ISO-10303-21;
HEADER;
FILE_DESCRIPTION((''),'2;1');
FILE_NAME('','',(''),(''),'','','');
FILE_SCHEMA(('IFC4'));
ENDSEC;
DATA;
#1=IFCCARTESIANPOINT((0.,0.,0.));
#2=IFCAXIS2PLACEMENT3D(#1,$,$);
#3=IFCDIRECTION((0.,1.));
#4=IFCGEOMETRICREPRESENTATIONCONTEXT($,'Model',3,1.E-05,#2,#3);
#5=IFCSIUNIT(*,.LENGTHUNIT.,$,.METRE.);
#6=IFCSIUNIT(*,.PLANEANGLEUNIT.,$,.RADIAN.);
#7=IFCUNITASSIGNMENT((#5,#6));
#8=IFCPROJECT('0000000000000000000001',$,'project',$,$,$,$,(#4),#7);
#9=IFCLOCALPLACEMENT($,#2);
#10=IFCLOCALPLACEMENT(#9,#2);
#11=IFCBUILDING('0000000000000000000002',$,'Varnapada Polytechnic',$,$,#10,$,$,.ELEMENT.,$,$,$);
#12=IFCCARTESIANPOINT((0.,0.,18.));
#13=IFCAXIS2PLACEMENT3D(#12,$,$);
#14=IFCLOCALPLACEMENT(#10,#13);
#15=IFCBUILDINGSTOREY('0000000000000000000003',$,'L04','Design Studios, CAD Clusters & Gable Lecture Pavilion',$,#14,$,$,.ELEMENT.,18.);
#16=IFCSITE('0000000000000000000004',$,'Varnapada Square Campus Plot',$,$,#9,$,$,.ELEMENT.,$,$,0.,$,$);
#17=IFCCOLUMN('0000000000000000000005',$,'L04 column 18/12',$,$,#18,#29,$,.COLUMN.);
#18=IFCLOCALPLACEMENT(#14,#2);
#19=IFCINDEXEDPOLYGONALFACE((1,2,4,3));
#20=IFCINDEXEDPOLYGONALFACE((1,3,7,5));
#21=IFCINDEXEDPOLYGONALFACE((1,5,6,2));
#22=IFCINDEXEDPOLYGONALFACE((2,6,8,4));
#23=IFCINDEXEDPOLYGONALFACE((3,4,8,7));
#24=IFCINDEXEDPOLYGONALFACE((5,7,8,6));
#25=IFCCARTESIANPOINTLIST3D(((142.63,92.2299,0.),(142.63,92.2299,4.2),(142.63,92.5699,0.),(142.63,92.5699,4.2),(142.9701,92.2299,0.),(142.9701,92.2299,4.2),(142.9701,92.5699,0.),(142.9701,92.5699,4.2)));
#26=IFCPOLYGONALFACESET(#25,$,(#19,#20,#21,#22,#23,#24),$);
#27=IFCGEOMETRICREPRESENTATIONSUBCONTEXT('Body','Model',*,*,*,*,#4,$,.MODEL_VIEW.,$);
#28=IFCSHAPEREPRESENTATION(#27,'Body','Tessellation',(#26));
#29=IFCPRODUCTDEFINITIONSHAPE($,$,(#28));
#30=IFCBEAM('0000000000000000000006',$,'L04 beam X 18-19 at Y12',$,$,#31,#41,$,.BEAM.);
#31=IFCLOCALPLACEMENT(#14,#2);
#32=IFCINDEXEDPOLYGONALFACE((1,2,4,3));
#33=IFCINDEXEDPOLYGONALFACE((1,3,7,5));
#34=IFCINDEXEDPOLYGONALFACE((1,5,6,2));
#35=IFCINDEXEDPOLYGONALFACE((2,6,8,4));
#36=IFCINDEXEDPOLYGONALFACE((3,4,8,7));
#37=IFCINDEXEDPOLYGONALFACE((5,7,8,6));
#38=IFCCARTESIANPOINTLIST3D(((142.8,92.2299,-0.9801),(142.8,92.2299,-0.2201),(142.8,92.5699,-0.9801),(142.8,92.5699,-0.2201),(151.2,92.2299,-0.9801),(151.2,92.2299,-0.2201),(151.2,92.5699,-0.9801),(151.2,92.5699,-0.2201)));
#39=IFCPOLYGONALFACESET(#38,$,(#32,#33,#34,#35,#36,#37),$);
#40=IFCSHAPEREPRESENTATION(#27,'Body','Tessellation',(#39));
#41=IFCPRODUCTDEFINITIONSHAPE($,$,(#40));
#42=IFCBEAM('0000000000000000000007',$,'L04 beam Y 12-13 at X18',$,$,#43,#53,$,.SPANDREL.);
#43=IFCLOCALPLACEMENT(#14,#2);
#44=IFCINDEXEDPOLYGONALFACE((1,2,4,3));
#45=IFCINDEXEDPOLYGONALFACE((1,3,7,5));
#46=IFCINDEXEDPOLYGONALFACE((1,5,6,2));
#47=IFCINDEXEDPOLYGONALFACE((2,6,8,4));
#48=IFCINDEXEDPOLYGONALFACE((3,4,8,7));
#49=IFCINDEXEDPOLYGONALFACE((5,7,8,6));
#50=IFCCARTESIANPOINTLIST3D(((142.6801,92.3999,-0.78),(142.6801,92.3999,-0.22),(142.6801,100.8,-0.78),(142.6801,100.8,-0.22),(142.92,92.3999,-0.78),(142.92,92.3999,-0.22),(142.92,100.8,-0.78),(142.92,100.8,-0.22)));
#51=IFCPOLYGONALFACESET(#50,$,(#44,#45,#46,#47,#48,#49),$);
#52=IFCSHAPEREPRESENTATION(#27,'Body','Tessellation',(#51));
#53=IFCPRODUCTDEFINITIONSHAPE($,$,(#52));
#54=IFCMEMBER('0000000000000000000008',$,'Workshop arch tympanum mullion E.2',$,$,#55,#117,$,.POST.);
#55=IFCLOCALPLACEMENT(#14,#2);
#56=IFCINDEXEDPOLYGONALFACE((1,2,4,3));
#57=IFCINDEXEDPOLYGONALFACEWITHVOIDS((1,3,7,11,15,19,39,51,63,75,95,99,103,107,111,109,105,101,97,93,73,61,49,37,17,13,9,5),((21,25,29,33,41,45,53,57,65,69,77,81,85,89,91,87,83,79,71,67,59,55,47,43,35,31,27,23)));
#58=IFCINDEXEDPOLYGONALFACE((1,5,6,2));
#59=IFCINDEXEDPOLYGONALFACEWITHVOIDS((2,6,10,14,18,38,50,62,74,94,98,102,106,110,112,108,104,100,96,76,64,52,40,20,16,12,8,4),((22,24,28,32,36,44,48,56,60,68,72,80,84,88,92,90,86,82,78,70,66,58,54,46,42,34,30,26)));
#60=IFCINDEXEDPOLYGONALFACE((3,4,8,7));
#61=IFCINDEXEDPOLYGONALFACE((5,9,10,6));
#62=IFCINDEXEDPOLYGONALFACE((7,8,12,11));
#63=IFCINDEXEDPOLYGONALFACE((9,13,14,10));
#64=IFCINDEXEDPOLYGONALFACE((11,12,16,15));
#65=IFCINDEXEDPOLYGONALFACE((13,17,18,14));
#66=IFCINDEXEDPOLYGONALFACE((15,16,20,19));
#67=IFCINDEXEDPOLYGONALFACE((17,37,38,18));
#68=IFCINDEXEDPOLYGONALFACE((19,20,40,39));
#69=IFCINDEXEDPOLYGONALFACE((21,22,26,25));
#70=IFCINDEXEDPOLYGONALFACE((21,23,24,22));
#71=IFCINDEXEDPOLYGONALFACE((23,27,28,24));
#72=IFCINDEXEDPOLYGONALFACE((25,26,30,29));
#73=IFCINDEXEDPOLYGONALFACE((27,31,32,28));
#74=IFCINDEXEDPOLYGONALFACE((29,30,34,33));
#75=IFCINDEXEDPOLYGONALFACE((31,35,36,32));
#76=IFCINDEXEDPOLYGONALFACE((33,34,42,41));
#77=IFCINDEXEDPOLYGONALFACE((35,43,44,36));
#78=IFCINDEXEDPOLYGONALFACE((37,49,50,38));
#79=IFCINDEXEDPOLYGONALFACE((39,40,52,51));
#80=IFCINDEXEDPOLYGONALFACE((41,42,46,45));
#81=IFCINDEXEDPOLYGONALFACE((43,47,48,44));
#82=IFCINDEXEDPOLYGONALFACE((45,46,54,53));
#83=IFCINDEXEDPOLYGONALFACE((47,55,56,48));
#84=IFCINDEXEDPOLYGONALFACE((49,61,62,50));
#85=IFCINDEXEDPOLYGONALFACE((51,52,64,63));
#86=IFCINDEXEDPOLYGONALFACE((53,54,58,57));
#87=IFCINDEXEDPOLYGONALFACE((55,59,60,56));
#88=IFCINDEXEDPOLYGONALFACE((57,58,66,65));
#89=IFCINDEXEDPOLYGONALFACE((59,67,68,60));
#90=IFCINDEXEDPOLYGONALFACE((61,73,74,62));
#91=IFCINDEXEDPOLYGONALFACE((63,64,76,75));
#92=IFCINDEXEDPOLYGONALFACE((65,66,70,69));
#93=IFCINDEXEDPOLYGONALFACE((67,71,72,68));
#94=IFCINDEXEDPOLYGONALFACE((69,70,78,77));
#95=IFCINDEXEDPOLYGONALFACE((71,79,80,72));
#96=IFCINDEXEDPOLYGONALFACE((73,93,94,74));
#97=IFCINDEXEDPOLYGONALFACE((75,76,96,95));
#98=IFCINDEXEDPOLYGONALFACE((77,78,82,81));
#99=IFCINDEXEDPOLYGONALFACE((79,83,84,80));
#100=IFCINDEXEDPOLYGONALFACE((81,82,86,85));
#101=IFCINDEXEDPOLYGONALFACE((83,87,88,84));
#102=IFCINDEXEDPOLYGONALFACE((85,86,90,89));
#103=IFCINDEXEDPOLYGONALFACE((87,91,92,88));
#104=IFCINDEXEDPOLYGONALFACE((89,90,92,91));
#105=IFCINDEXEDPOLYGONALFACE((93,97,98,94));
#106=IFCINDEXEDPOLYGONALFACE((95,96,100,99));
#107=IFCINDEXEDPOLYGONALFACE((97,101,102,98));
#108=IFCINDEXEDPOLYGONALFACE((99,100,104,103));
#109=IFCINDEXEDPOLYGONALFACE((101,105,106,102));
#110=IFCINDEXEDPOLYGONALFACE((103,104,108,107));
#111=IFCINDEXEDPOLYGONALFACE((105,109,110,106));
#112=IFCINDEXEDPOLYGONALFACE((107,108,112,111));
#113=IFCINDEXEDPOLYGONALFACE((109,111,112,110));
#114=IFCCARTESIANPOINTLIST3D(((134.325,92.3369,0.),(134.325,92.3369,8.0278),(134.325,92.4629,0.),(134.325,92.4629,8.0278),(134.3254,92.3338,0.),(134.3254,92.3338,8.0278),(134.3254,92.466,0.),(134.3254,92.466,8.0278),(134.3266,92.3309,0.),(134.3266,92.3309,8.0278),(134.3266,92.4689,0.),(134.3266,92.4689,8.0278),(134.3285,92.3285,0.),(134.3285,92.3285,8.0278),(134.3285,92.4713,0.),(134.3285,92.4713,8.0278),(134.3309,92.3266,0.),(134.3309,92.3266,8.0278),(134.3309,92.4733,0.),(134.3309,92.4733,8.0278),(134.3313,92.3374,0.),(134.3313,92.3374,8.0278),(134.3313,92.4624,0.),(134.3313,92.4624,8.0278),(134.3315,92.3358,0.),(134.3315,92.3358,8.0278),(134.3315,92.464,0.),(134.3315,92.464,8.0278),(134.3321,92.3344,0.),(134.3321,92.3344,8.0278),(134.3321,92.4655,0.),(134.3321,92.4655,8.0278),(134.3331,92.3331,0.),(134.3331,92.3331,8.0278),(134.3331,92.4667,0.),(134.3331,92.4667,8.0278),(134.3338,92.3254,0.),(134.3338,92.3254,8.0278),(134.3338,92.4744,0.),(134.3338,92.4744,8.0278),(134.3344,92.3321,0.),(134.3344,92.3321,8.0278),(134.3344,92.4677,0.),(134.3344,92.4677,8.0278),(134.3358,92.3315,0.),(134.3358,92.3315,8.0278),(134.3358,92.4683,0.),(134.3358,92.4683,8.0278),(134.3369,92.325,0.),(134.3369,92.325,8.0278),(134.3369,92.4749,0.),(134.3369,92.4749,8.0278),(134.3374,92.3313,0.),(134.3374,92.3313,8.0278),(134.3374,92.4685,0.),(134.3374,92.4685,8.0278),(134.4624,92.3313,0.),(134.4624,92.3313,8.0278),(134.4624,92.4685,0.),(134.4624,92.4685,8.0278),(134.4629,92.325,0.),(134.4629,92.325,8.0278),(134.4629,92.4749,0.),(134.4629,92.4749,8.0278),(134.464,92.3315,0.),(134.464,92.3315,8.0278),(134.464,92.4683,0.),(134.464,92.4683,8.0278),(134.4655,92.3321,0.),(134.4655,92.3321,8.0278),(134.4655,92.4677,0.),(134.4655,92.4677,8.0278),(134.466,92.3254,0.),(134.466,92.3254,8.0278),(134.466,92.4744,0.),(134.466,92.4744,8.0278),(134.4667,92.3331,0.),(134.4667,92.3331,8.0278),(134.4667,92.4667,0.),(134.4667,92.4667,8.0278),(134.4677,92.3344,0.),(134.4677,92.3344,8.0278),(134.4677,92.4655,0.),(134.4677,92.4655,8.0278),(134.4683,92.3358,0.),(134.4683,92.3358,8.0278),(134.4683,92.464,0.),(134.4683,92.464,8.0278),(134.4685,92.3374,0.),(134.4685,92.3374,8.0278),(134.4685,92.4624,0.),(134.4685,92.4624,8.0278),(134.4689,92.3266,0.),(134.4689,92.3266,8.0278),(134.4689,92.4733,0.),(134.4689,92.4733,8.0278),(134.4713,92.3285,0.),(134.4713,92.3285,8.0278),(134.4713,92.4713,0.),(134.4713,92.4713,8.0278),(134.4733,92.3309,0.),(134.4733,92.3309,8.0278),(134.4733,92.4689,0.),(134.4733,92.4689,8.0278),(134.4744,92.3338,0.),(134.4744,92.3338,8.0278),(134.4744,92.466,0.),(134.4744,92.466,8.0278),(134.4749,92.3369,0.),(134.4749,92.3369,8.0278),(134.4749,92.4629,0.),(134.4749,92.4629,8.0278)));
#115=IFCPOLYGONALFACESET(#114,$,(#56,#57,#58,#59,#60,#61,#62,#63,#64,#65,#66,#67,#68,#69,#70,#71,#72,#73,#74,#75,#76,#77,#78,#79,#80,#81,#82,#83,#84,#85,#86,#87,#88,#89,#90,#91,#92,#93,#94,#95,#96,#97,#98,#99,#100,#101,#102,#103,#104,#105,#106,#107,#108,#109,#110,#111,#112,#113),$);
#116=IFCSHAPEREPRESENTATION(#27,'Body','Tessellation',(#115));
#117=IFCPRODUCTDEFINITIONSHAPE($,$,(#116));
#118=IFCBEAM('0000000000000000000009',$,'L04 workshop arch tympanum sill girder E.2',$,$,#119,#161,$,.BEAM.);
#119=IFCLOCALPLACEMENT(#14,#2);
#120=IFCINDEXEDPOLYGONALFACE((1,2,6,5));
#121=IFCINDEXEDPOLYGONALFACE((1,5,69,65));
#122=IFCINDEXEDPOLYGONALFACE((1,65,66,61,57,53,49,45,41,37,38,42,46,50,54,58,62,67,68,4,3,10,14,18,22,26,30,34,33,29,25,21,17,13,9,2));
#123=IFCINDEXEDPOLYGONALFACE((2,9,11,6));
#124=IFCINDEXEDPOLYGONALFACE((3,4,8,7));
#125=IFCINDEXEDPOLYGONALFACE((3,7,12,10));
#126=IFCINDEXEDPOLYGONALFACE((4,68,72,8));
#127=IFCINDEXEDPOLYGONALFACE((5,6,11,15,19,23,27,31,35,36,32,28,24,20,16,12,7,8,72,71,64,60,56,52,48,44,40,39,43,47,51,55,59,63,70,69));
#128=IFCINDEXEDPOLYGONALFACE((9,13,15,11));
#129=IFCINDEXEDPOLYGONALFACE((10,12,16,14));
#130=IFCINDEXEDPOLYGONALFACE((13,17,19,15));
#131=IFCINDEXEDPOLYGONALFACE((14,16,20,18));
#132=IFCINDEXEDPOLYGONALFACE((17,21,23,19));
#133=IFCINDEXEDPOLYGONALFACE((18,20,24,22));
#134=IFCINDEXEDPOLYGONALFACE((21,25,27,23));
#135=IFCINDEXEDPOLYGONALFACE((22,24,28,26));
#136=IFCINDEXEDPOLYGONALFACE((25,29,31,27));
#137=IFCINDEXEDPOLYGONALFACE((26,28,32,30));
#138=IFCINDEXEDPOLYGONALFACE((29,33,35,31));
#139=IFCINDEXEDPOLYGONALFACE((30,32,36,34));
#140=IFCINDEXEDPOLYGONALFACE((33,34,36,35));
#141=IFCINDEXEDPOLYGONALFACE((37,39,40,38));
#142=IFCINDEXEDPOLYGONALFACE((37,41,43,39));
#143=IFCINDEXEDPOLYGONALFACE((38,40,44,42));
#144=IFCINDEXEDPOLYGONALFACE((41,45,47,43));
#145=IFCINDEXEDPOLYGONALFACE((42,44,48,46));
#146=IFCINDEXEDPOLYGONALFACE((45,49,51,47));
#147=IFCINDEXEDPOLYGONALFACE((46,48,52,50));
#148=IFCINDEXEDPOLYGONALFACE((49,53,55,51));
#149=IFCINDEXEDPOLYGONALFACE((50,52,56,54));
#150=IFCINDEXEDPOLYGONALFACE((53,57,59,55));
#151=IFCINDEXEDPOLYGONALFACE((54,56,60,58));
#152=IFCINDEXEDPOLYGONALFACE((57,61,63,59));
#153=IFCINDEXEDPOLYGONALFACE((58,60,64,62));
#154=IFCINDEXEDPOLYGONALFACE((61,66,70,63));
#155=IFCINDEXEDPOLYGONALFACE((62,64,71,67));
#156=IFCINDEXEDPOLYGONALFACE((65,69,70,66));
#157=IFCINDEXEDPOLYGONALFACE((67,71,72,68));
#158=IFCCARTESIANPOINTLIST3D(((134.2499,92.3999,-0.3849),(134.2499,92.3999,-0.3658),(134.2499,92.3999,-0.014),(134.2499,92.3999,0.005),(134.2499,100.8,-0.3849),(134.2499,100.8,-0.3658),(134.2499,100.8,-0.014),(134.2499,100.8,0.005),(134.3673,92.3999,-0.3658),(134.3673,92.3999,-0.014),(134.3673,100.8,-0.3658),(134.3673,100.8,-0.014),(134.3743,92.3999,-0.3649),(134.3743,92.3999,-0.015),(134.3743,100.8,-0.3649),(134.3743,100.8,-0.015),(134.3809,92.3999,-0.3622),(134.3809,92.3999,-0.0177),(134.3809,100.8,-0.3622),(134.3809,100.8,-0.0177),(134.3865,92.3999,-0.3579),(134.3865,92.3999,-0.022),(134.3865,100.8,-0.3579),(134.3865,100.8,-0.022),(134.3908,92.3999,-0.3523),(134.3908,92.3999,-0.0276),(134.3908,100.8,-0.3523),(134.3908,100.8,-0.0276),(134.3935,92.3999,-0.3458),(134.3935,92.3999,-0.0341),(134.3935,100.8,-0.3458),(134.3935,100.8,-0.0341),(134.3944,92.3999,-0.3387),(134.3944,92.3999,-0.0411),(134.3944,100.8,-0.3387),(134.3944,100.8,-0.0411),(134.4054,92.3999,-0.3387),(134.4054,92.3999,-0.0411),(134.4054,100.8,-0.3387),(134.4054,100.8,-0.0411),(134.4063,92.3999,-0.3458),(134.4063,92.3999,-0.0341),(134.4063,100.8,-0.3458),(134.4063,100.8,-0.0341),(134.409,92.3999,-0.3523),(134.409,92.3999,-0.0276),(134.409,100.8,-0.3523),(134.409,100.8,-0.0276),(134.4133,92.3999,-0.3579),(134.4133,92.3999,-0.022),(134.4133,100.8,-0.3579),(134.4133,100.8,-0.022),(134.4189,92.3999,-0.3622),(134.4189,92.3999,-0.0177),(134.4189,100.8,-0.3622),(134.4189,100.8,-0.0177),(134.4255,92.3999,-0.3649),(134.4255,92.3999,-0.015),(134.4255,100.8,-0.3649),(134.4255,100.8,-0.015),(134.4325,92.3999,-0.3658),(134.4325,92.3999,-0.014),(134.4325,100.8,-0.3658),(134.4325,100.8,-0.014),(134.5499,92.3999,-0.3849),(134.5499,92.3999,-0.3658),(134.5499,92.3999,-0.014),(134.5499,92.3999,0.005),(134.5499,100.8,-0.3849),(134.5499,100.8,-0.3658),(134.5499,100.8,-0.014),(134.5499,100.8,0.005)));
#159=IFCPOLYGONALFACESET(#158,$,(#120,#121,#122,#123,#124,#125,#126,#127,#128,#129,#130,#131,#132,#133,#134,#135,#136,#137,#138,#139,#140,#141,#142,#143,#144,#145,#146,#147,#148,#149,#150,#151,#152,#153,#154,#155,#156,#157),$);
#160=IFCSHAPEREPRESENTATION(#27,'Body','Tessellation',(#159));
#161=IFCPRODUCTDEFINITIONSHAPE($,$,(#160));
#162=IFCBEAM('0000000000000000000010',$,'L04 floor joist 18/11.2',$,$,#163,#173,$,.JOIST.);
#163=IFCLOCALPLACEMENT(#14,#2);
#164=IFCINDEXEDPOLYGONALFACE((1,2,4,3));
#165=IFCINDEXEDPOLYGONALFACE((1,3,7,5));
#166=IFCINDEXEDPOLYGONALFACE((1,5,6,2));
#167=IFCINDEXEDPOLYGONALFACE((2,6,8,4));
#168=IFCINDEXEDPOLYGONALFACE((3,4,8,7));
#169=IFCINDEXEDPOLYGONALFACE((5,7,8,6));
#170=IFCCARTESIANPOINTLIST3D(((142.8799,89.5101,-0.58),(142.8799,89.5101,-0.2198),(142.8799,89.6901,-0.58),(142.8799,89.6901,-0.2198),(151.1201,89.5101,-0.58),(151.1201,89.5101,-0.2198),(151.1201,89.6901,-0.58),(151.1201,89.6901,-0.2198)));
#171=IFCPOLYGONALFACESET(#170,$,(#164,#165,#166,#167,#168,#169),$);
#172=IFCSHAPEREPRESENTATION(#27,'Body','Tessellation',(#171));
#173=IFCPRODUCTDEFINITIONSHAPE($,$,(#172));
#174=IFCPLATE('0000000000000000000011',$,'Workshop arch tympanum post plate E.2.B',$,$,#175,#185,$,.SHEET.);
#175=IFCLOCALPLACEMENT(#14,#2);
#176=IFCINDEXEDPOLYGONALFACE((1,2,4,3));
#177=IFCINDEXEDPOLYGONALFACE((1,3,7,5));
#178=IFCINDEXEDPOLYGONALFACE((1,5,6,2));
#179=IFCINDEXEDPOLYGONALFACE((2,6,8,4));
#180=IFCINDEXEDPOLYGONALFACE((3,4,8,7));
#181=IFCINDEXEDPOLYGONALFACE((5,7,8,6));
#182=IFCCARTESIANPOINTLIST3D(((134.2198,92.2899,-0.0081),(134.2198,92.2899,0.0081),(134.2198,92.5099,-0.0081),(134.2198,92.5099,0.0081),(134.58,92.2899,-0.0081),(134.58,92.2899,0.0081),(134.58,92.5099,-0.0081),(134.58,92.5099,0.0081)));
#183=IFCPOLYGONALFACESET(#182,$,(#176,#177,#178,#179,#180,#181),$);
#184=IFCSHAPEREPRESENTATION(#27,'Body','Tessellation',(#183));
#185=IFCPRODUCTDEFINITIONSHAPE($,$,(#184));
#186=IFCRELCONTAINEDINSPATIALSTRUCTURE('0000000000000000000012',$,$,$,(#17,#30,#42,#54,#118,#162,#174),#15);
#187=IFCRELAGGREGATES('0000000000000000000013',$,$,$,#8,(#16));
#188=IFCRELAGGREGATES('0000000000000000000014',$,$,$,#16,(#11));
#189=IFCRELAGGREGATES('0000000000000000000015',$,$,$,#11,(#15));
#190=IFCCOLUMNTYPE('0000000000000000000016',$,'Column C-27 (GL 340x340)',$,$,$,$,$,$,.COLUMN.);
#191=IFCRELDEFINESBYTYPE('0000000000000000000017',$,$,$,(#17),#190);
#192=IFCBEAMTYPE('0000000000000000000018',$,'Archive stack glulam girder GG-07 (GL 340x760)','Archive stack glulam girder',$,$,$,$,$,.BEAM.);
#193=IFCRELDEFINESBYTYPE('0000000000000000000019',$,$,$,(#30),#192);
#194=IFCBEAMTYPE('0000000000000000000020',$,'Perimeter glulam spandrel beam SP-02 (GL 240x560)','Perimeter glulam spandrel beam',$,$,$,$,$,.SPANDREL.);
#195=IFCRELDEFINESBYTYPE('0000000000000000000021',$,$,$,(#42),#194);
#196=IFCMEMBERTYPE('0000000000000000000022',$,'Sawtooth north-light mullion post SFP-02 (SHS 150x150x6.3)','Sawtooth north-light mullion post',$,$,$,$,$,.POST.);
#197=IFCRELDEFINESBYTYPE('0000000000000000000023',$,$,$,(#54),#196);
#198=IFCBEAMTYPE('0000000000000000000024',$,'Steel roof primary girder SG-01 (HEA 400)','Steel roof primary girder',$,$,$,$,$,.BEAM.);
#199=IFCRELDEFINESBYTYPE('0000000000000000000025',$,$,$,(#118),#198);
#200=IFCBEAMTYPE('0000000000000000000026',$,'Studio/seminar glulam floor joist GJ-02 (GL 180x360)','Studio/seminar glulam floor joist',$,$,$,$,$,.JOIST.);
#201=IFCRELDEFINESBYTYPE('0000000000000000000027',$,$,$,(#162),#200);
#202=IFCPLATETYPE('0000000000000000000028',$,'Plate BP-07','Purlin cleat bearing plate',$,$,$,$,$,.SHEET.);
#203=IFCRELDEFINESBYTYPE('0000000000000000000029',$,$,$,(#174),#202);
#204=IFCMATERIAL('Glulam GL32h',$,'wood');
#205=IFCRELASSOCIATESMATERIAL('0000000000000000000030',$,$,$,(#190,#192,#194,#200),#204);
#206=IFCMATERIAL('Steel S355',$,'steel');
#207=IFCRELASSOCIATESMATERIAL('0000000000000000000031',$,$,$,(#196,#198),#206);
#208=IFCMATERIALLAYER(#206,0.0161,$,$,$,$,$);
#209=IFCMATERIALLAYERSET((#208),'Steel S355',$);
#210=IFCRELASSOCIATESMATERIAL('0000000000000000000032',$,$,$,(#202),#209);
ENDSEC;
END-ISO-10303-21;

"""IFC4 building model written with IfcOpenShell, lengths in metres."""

from ifc_helpers import new_model, si_unit, direction, frame, origin, origin_2d, place, context, subcontext, project, spatial, rectangle, hollow_rectangle, i_section, extrude, material, layer, layer_set, material_profile, profile_set, type_object, element, save


model = new_model("IFC4")

# Units and contexts
model_context = context("Model", 3, precision=1e-05, world=origin(), true_north=direction((0.0, 1.0)))
body_context = subcontext(model_context, "Body", "Model", "MODEL_VIEW")
ifc_project = project(units=[si_unit("LENGTHUNIT", "METRE"), si_unit("PLANEANGLEUNIT", "RADIAN")], contexts=[model_context])

# Site, building, storey
site_placement = place(None, origin())
site = spatial("IfcSite", under=ifc_project, at=site_placement, Name="Varnapada Square Campus Plot", CompositionType="ELEMENT", RefElevation=0.0)
building_placement = place(site_placement, origin())
building = spatial("IfcBuilding", under=site, at=building_placement, Name="Varnapada Polytechnic", CompositionType="ELEMENT")
storey_placement = place(building_placement, frame((0.0, 0.0, 18.0)))
storey = spatial("IfcBuildingStorey", under=building, at=storey_placement, Name="L04", Description="Design Studios, CAD Clusters & Gable Lecture Pavilion", CompositionType="ELEMENT", Elevation=18.0)

# Column
ifc_material_1 = material(Name="Glulam GL32h", Category="wood")
ifc_material_profile_1 = material_profile(ifc_material_1, rectangle(XDim=0.3401, YDim=0.3401, at=origin_2d()), Name="GL 340x340")
ifc_profile_set_1 = profile_set([ifc_material_profile_1], Name="Glulam GL32h")
column_type = type_object("IfcColumnType", Name="Column C-27 (GL 340x340)", PredefinedType="COLUMN", material=ifc_profile_set_1)
column_placement = place(storey_placement, frame((142.8, 92.3999, 0.0), z_axis=(0.0, 0.0, 1.0), x_axis=(1.0, 0.0, 0.0)))
element("IfcColumn", 1, at=column_placement, inside=storey, type_object=column_type, Name="L04 column 18/12", PredefinedType="COLUMN", context=body_context, shape_type="SweptSolid", body=[
    extrude(rectangle(XDim=0.3401, YDim=0.3401, at=origin_2d()), origin(), (0.0, 0.0, 1.0), 4.2),
])

# Beams
ifc_material_profile_2 = material_profile(ifc_material_1, rectangle(XDim=0.3401, YDim=0.76, at=origin_2d()), Name="GL 340x760")
ifc_profile_set_2 = profile_set([ifc_material_profile_2], Name="Glulam GL32h")
beam_type_1 = type_object("IfcBeamType", Name="Archive stack glulam girder GG-07 (GL 340x760)", Description="Archive stack glulam girder", PredefinedType="BEAM", material=ifc_profile_set_2)
beam_1_placement = place(storey_placement, frame((142.8, 92.3999, -0.6001), z_axis=(1.0, 0.0, 0.0), x_axis=(0.0, 1.0, 0.0)))
element("IfcBeam", 2, at=beam_1_placement, inside=storey, type_object=beam_type_1, Name="L04 beam X 18-19 at Y12", PredefinedType="BEAM", context=body_context, shape_type="SweptSolid", body=[
    extrude(rectangle(XDim=0.3401, YDim=0.76, at=origin_2d()), origin(), (0.0, 0.0, 1.0), 8.3999),
])
ifc_material_profile_3 = material_profile(ifc_material_1, rectangle(XDim=0.24, YDim=0.5601, at=origin_2d()), Name="GL 240x560")
ifc_profile_set_3 = profile_set([ifc_material_profile_3], Name="Glulam GL32h")
beam_type_2 = type_object("IfcBeamType", Name="Perimeter glulam spandrel beam SP-02 (GL 240x560)", Description="Perimeter glulam spandrel beam", PredefinedType="SPANDREL", material=ifc_profile_set_3)
beam_2_placement = place(storey_placement, frame((142.8, 92.3999, -0.5), z_axis=(0.0, 1.0, 0.0), x_axis=(-1.0, 0.0, 0.0)))
element("IfcBeam", 3, at=beam_2_placement, inside=storey, type_object=beam_type_2, Name="L04 beam Y 12-13 at X18", PredefinedType="SPANDREL", context=body_context, shape_type="SweptSolid", body=[
    extrude(rectangle(XDim=0.24, YDim=0.5601, at=origin_2d()), origin(), (0.0, 0.0, 1.0), 8.4001),
])

# Member
ifc_material_2 = material(Name="Steel S355", Category="steel")
ifc_material_profile_4 = material_profile(ifc_material_2, hollow_rectangle(XDim=0.1499, YDim=0.1499, WallThickness=0.0063, InnerFilletRadius=0.0061, OuterFilletRadius=0.012, at=origin_2d()), Name="SHS 150x150x6.3")
ifc_profile_set_4 = profile_set([ifc_material_profile_4], Name="Steel S355")
member_type = type_object("IfcMemberType", Name="Sawtooth north-light mullion post SFP-02 (SHS 150x150x6.3)", Description="Sawtooth north-light mullion post", PredefinedType="POST", material=ifc_profile_set_4)
member_placement = place(storey_placement, frame((134.3999, 92.3999, 0.0), z_axis=(0.0, 0.0, 1.0), x_axis=(1.0, 0.0, 0.0)))
element("IfcMember", 4, at=member_placement, inside=storey, type_object=member_type, Name="Workshop arch tympanum mullion E.2", PredefinedType="POST", context=body_context, shape_type="SweptSolid", body=[
    extrude(hollow_rectangle(XDim=0.1499, YDim=0.1499, WallThickness=0.0063, InnerFilletRadius=0.0061, OuterFilletRadius=0.012, at=origin_2d()), origin(), (0.0, 0.0, 1.0), 8.0278),
])

# Beams
ifc_material_profile_5 = material_profile(ifc_material_2, i_section(OverallWidth=0.3, OverallDepth=0.3899, WebThickness=0.011, FlangeThickness=0.019, FilletRadius=0.0271, at=origin_2d()), Name="HEA 400")
ifc_profile_set_5 = profile_set([ifc_material_profile_5], Name="Steel S355")
beam_type_3 = type_object("IfcBeamType", Name="Steel roof primary girder SG-01 (HEA 400)", Description="Steel roof primary girder", PredefinedType="BEAM", material=ifc_profile_set_5)
beam_3_placement = place(storey_placement, frame((134.3999, 92.3999, -0.1899), z_axis=(0.0, 1.0, 0.0), x_axis=(-1.0, 0.0, 0.0)))
element("IfcBeam", 5, at=beam_3_placement, inside=storey, type_object=beam_type_3, Name="L04 workshop arch tympanum sill girder E.2", PredefinedType="BEAM", context=body_context, shape_type="SweptSolid", body=[
    extrude(i_section(OverallWidth=0.3, OverallDepth=0.3899, WebThickness=0.011, FlangeThickness=0.019, FilletRadius=0.0271, at=origin_2d()), origin(), (0.0, 0.0, 1.0), 8.4001),
])
ifc_material_profile_6 = material_profile(ifc_material_1, rectangle(XDim=0.1799, YDim=0.3601, at=origin_2d()), Name="GL 180x360")
ifc_profile_set_6 = profile_set([ifc_material_profile_6], Name="Glulam GL32h")
beam_type_4 = type_object("IfcBeamType", Name="Studio/seminar glulam floor joist GJ-02 (GL 180x360)", Description="Studio/seminar glulam floor joist", PredefinedType="JOIST", material=ifc_profile_set_6)
beam_4_placement = place(storey_placement, frame((142.8799, 89.6001, -0.3999), z_axis=(1.0, 0.0, 0.0), x_axis=(0.0, 1.0, 0.0)))
element("IfcBeam", 6, at=beam_4_placement, inside=storey, type_object=beam_type_4, Name="L04 floor joist 18/11.2", PredefinedType="JOIST", context=body_context, shape_type="SweptSolid", body=[
    extrude(rectangle(XDim=0.1799, YDim=0.3601, at=origin_2d()), origin(), (0.0, 0.0, 1.0), 8.2402),
])

# Plate
ifc_layer = layer(ifc_material_2, 0.0161)
ifc_layer_set = layer_set([ifc_layer], Name="Steel S355")
plate_type = type_object("IfcPlateType", Name="Plate BP-07", Description="Purlin cleat bearing plate", PredefinedType="SHEET", material=ifc_layer_set)
plate_placement = place(storey_placement, frame((134.3999, 92.3999, -0.0081), z_axis=(0.0, 0.0, 1.0), x_axis=(1.0, 0.0, 0.0)))
element("IfcPlate", 7, at=plate_placement, inside=storey, type_object=plate_type, Name="Workshop arch tympanum post plate E.2.B", PredefinedType="SHEET", context=body_context, shape_type="SweptSolid", body=[
    extrude(rectangle(XDim=0.3601, YDim=0.22, at=origin_2d()), origin(), (0.0, 0.0, 1.0), 0.0161),
])

save(model, "model.ifc")
